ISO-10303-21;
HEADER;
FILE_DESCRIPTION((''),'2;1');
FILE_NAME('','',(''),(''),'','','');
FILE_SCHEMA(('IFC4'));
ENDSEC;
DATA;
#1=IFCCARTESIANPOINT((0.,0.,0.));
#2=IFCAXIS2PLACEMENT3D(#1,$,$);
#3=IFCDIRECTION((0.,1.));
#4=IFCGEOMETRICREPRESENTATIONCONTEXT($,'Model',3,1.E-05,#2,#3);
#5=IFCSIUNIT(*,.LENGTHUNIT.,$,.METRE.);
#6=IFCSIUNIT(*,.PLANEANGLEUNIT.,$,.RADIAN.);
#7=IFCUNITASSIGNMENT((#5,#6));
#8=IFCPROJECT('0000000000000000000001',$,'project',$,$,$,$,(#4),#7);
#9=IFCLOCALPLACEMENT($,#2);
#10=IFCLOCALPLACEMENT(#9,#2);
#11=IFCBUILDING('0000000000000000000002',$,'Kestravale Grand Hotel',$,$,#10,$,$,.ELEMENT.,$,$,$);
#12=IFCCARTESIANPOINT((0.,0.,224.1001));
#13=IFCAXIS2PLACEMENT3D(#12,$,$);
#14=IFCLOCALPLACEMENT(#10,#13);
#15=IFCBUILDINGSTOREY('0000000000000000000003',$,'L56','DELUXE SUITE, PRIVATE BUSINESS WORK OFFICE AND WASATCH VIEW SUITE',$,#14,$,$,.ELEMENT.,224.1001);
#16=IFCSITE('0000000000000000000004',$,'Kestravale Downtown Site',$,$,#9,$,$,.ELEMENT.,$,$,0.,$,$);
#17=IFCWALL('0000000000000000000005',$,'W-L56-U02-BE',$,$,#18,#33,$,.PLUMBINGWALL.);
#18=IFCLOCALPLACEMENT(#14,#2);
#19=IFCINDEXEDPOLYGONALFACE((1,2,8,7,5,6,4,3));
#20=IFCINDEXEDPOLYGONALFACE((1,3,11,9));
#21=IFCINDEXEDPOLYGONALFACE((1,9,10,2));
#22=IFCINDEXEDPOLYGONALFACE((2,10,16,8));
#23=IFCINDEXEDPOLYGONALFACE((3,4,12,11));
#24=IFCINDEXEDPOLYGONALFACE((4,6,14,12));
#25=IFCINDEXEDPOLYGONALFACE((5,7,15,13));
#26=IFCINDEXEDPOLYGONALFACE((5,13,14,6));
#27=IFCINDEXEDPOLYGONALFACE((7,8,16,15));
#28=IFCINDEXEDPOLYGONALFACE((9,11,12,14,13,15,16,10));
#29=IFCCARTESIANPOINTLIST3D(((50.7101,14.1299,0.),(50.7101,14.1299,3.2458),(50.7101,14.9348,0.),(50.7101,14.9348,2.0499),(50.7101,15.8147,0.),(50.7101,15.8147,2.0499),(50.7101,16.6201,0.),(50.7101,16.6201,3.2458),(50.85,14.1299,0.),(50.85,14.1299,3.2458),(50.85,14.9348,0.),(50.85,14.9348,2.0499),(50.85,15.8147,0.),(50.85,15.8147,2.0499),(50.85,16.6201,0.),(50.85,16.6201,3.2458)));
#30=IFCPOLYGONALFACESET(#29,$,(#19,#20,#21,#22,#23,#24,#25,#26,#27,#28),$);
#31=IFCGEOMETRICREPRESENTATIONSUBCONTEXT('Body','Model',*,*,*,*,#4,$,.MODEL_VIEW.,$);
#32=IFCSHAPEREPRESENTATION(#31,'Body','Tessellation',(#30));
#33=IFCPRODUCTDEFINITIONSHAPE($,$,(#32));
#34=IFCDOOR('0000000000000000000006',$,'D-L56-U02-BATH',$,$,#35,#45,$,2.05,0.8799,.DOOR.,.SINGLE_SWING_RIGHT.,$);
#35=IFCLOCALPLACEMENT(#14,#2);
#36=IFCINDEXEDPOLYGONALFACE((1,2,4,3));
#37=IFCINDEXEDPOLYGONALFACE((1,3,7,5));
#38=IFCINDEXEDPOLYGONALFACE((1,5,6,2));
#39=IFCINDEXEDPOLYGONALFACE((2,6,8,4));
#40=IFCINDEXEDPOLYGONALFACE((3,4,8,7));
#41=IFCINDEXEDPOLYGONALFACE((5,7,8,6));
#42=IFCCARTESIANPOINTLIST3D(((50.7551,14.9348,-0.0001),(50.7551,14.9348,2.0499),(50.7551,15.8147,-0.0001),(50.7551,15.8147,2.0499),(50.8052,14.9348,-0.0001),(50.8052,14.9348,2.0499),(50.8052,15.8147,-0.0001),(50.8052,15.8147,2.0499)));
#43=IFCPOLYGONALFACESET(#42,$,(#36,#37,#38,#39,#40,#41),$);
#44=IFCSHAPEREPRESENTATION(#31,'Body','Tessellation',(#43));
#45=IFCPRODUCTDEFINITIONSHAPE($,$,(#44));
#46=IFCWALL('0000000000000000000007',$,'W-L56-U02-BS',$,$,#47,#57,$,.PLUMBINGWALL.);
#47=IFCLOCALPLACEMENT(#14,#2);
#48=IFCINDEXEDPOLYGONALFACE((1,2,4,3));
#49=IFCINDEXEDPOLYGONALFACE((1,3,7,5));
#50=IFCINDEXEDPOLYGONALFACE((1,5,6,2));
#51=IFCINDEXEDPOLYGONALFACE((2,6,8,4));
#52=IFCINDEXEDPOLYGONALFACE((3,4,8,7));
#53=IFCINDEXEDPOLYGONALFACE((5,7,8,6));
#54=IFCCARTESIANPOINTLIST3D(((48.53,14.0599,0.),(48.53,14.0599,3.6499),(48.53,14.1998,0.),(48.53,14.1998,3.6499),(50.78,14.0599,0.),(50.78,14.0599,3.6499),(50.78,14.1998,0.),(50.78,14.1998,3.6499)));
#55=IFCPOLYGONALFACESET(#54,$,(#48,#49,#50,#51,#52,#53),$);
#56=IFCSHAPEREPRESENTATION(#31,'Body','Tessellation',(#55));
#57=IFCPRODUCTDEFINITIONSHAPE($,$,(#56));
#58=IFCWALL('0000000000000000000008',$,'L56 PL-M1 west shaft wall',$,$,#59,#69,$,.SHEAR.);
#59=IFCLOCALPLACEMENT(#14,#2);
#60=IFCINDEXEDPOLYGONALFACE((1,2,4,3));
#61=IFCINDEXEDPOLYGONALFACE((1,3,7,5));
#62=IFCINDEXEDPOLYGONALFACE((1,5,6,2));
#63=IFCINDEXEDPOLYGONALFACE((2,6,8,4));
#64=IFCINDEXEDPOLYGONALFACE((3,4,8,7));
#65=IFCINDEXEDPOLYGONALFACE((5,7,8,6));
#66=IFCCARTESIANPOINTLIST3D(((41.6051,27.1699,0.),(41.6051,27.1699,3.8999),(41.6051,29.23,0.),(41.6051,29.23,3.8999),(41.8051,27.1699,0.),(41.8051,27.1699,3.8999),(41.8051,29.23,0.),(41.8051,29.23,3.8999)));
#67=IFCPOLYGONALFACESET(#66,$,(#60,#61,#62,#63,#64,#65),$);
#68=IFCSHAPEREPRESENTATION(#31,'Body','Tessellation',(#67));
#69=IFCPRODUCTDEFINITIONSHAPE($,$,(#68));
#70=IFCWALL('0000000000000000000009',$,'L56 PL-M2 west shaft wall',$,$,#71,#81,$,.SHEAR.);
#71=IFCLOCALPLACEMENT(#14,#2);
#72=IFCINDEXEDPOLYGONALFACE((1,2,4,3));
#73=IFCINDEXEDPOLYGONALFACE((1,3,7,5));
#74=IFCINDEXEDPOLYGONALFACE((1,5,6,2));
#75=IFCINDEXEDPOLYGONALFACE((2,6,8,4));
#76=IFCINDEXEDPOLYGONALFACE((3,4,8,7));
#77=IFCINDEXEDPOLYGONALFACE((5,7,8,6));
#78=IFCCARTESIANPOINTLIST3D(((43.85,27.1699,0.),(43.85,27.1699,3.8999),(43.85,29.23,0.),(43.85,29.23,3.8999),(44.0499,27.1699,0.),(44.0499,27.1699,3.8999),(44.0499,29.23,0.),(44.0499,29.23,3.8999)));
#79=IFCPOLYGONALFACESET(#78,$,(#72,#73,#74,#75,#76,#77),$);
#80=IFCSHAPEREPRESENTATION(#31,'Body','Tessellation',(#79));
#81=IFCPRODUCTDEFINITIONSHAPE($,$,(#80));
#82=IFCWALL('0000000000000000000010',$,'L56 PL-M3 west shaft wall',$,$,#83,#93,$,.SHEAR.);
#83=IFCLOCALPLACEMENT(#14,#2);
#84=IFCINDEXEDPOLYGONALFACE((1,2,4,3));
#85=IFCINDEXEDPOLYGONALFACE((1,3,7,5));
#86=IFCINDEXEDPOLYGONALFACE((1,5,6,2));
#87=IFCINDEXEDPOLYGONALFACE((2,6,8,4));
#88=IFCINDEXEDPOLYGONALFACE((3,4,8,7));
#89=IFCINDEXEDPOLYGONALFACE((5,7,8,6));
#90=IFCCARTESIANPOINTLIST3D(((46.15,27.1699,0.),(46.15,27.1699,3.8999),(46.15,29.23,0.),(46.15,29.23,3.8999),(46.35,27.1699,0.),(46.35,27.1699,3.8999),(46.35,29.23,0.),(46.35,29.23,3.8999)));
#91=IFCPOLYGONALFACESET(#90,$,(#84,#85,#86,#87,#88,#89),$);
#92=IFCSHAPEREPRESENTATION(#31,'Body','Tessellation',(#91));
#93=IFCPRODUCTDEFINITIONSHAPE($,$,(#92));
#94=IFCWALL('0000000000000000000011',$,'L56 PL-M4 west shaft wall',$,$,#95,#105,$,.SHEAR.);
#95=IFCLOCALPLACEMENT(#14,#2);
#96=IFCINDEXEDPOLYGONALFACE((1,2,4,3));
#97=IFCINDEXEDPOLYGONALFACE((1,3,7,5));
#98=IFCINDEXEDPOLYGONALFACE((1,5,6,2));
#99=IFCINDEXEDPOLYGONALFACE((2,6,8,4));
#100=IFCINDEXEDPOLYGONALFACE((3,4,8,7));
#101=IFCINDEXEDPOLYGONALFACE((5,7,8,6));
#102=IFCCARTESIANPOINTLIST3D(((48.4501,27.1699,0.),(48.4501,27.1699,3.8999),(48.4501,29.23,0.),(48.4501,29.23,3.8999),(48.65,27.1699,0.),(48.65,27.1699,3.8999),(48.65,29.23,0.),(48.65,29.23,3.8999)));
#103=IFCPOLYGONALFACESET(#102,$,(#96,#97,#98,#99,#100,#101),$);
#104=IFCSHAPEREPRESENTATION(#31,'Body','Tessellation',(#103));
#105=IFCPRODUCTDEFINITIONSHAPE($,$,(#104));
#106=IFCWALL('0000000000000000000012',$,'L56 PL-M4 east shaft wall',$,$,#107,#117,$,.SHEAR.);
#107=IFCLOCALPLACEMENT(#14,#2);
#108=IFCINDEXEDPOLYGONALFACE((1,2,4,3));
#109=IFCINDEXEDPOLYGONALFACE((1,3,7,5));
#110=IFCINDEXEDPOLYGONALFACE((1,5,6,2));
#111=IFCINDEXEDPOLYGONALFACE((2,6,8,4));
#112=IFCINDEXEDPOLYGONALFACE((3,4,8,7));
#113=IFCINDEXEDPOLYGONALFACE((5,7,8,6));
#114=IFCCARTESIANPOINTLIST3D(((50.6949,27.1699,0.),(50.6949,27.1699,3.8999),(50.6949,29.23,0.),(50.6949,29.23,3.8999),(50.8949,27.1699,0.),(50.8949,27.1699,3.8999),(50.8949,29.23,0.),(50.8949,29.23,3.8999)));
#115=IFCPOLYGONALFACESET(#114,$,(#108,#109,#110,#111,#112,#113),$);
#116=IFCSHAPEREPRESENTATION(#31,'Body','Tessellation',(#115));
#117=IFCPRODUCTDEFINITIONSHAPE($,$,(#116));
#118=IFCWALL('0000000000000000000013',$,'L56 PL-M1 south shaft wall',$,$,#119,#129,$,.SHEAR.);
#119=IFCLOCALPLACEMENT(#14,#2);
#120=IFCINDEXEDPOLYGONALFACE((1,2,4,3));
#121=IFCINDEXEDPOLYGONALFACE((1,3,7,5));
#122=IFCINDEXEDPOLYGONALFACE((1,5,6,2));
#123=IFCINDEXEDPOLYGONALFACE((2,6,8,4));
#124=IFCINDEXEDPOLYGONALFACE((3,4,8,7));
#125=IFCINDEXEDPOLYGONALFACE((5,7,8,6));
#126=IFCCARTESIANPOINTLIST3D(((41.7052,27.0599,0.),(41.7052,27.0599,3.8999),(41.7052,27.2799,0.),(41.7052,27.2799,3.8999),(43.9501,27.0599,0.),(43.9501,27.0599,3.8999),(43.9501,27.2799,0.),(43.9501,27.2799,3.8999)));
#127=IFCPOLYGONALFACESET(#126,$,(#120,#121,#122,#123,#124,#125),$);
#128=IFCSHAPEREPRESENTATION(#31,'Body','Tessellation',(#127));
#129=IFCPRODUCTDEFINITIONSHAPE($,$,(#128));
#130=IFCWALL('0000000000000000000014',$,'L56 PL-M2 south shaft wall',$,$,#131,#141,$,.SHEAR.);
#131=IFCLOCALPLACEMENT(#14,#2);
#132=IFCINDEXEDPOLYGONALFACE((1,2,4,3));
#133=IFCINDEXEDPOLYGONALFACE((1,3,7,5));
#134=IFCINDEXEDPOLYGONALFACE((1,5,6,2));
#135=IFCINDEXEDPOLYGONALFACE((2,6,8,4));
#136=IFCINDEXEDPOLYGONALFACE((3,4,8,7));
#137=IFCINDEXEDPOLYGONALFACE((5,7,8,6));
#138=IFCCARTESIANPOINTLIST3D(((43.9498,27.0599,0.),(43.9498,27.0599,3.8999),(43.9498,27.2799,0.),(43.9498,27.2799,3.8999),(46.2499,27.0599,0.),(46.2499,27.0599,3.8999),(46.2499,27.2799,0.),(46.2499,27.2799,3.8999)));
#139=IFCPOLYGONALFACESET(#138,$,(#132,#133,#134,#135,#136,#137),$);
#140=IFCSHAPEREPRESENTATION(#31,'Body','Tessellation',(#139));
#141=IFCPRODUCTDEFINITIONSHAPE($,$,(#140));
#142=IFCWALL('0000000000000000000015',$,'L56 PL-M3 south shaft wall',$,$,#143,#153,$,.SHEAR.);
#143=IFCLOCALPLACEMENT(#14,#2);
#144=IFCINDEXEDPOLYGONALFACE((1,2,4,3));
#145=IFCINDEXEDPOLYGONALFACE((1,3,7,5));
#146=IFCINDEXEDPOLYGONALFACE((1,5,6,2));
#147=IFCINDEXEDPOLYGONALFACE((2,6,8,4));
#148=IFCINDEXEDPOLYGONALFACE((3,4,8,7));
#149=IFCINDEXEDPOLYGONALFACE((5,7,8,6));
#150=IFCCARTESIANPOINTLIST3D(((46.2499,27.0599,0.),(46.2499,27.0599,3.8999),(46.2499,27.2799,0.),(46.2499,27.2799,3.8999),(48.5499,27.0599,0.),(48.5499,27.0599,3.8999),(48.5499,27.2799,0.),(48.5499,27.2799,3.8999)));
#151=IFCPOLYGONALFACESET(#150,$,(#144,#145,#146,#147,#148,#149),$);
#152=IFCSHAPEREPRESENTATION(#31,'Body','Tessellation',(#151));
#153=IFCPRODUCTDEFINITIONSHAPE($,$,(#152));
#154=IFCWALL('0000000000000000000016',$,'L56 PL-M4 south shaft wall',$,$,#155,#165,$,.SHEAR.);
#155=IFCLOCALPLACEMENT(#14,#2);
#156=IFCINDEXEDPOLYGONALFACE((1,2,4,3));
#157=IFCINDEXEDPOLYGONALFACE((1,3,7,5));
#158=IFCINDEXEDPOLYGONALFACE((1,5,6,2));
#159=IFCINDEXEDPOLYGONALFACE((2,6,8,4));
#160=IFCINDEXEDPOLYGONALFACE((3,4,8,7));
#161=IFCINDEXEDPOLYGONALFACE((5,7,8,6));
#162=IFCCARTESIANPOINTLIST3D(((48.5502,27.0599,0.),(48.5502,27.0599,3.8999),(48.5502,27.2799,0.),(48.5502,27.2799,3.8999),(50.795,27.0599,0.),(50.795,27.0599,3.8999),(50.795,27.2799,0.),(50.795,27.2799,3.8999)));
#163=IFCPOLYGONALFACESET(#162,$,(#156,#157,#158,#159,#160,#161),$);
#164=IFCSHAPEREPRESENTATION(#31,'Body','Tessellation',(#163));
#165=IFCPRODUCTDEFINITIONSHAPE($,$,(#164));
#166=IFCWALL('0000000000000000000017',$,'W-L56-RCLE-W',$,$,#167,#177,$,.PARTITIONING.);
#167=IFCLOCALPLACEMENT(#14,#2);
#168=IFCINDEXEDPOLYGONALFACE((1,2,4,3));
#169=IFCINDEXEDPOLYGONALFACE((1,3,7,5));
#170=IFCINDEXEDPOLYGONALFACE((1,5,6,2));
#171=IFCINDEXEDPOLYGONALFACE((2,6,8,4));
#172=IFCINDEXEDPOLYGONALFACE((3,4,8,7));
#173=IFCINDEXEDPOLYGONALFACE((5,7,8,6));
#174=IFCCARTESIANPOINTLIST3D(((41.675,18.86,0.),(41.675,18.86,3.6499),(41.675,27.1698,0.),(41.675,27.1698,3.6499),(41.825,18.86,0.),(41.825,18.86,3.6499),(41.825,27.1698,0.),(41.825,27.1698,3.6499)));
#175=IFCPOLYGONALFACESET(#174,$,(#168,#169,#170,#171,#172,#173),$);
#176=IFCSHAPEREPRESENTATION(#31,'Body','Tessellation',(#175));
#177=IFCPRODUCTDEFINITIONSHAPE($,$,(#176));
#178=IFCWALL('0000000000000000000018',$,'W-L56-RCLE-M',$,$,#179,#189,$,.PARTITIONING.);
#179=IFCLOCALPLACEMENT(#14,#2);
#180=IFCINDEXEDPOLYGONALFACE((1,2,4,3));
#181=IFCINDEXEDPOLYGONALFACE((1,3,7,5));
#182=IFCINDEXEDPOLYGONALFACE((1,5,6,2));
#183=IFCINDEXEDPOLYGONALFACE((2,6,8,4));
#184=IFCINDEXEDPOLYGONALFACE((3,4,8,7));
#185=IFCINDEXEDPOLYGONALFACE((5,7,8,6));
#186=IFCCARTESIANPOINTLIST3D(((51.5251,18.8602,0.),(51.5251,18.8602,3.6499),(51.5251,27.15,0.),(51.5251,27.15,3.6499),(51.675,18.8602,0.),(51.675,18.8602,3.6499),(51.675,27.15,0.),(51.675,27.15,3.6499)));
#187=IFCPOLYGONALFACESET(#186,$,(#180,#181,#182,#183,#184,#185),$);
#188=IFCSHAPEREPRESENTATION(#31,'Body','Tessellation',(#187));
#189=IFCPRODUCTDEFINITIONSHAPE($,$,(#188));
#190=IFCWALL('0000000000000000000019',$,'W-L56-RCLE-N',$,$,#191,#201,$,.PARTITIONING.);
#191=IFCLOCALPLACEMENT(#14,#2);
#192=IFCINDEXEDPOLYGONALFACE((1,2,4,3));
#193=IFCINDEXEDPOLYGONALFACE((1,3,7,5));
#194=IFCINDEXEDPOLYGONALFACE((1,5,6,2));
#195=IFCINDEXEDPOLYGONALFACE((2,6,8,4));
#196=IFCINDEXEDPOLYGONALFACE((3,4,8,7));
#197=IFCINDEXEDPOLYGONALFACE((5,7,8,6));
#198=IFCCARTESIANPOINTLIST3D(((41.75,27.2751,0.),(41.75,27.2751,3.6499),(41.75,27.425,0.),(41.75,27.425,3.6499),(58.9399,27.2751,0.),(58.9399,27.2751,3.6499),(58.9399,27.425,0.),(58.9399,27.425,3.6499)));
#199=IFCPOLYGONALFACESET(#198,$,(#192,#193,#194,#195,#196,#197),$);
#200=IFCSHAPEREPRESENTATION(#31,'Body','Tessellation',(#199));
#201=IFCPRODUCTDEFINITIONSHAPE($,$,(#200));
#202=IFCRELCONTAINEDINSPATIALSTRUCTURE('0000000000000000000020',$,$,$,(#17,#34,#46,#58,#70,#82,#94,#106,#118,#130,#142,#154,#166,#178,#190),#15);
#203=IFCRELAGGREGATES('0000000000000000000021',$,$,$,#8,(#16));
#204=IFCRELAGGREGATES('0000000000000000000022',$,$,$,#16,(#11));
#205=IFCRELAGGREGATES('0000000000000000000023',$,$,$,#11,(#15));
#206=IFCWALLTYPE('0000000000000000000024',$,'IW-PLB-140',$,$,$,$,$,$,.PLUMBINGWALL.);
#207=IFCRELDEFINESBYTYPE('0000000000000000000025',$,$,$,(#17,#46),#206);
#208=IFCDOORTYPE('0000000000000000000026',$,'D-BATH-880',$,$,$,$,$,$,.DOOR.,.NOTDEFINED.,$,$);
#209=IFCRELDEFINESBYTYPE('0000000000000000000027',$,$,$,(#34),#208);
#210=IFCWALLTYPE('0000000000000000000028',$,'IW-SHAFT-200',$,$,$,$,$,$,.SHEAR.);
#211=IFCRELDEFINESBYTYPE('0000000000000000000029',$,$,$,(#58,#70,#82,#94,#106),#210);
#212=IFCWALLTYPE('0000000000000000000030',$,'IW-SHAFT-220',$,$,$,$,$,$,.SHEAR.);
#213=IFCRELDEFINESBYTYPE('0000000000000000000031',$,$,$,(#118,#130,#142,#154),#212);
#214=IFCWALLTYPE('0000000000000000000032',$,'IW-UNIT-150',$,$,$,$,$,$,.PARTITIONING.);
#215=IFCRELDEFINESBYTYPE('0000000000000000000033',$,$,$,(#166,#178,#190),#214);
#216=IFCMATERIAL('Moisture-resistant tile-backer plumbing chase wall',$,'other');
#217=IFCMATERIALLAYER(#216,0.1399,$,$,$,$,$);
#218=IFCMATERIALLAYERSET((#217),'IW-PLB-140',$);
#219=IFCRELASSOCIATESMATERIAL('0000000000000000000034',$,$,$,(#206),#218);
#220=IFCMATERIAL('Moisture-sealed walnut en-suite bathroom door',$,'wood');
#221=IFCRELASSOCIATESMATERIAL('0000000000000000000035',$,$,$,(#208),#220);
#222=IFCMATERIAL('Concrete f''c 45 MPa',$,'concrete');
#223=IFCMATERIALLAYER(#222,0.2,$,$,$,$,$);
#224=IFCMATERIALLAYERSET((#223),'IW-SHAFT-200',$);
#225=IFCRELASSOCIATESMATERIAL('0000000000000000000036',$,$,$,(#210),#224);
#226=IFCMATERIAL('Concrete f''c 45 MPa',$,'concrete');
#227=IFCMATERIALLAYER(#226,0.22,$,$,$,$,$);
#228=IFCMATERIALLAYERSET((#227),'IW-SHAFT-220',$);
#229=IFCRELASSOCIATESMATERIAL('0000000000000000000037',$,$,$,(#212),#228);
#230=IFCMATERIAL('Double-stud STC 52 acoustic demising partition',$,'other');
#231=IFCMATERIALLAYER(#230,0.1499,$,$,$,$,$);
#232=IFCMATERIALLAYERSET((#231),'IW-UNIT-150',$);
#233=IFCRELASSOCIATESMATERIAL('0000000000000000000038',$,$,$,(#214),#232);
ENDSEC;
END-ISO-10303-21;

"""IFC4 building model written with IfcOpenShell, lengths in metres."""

from ifc_helpers import new_model, si_unit, direction, frame, frame_2d, origin, place, context, subcontext, project, spatial, rectangle, extrude, material, layer, layer_set, type_object, element, fill, save


model = new_model("IFC4")

# Units and contexts
model_context = context("Model", 3, precision=1e-05, world=origin(), true_north=direction((0.0, 1.0)))
body_context = subcontext(model_context, "Body", "Model", "MODEL_VIEW")
ifc_project = project(units=[si_unit("LENGTHUNIT", "METRE"), si_unit("PLANEANGLEUNIT", "RADIAN")], contexts=[model_context])

# Site, building, storey
site_placement = place(None, origin())
site = spatial("IfcSite", under=ifc_project, at=site_placement, Name="Kestravale Downtown Site", CompositionType="ELEMENT", RefElevation=0.0)
building_placement = place(site_placement, origin())
building = spatial("IfcBuilding", under=site, at=building_placement, Name="Kestravale Grand Hotel", CompositionType="ELEMENT")
storey_placement = place(building_placement, frame((0.0, 0.0, 224.1001)))
storey = spatial("IfcBuildingStorey", under=building, at=storey_placement, Name="L56", Description="DELUXE SUITE, PRIVATE BUSINESS WORK OFFICE AND WASATCH VIEW SUITE", CompositionType="ELEMENT", Elevation=224.1001)

# Wall, opening, door
ifc_material_1 = material(Name="Moisture-resistant tile-backer plumbing chase wall", Category="other")
ifc_layer_1 = layer(ifc_material_1, 0.1399)
ifc_layer_set_1 = layer_set([ifc_layer_1], Name="IW-PLB-140")
wall_type_1 = type_object("IfcWallType", Name="IW-PLB-140", PredefinedType="PLUMBINGWALL", material=ifc_layer_set_1)
wall_1_placement = place(storey_placement, frame((50.78, 14.1299, 0.0), z_axis=(0.0, 0.0, 1.0), x_axis=(0.0, 1.0, 0.0)))
wall_1 = element("IfcWall", 1, at=wall_1_placement, inside=storey, type_object=wall_type_1, Name="W-L56-U02-BE", PredefinedType="PLUMBINGWALL", context=body_context, shape_type="SweptSolid", body=[
    extrude(rectangle(XDim=2.4902, YDim=0.1399, at=frame_2d((1.2451, 0.0))), origin(), (0.0, 0.0, 1.0), 3.2458),
])
opening_placement = place(wall_1_placement, frame((0.8049, 0.0, 0.0)))
opening = element("IfcOpeningElement", 2, at=opening_placement, cuts=wall_1, PredefinedType="OPENING", context=body_context, shape_type="SweptSolid", body=[
    extrude(rectangle(XDim=0.8799, YDim=2.05, at=frame_2d((0.4399, 1.0249))), frame((0.0, 0.0798, 0.0), z_axis=(0.0, -1.0, 0.0), x_axis=(1.0, 0.0, 0.0)), (0.0, 0.0, 1.0), 0.1599),
])
ifc_material_2 = material(Name="Moisture-sealed walnut en-suite bathroom door", Category="wood")
door_type = type_object("IfcDoorType", Name="D-BATH-880", OperationType="NOTDEFINED", PredefinedType="DOOR", material=ifc_material_2)
door_placement = place(opening_placement, origin())
door = element("IfcDoor", 3, at=door_placement, inside=storey, type_object=door_type, Name="D-L56-U02-BATH", OperationType="SINGLE_SWING_RIGHT", OverallHeight=2.05, OverallWidth=0.8799, PredefinedType="DOOR", context=body_context, shape_type="SweptSolid", body=[
    extrude(rectangle(XDim=0.8799, YDim=2.05, at=frame_2d((0.4399, 1.0249))), frame((0.0, 0.0249, 0.0), z_axis=(0.0, -1.0, 0.0), x_axis=(1.0, 0.0, 0.0)), (0.0, 0.0, 1.0), 0.05),
])
fill(opening, door)

# Walls
wall_2_placement = place(storey_placement, frame((48.53, 14.1299, 0.0), z_axis=(0.0, 0.0, 1.0), x_axis=(1.0, 0.0, 0.0)))
element("IfcWall", 4, at=wall_2_placement, inside=storey, type_object=wall_type_1, Name="W-L56-U02-BS", PredefinedType="PLUMBINGWALL", context=body_context, shape_type="SweptSolid", body=[
    extrude(rectangle(XDim=2.25, YDim=0.1399, at=frame_2d((1.125, 0.0))), origin(), (0.0, 0.0, 1.0), 3.6499),
])
ifc_material_3 = material(Name="Concrete f'c 45 MPa", Category="concrete")
ifc_layer_2 = layer(ifc_material_3, 0.2)
ifc_layer_set_2 = layer_set([ifc_layer_2], Name="IW-SHAFT-200")
wall_type_2 = type_object("IfcWallType", Name="IW-SHAFT-200", PredefinedType="SHEAR", material=ifc_layer_set_2)
for number, where, z_axis, x_axis, name in (
    (5, (41.7051, 27.1699, 0.0), (0.0, 0.0, 1.0), (0.0, 1.0, 0.0), "L56 PL-M1 west shaft wall"),
    (6, (43.95, 27.1699, 0.0), (0.0, 0.0, 1.0), (0.0, 1.0, 0.0), "L56 PL-M2 west shaft wall"),
    (7, (46.25, 27.1699, 0.0), (0.0, 0.0, 1.0), (0.0, 1.0, 0.0), "L56 PL-M3 west shaft wall"),
    (8, (48.55, 27.1699, 0.0), (0.0, 0.0, 1.0), (0.0, 1.0, 0.0), "L56 PL-M4 west shaft wall"),
    (9, (50.7949, 27.1699, 0.0), (0.0, 0.0, 1.0), (0.0, 1.0, 0.0), "L56 PL-M4 east shaft wall"),
):
    element("IfcWall", number, at=place(storey_placement, frame(where, z_axis=z_axis, x_axis=x_axis)), inside=storey, type_object=wall_type_2, Name=name, PredefinedType="SHEAR", context=body_context, shape_type="SweptSolid", body=[
        extrude(rectangle(XDim=2.0601, YDim=0.2, at=frame_2d((1.03, 0.0))), origin(), (0.0, 0.0, 1.0), 3.8999),
    ])
ifc_material_4 = material(Name="Concrete f'c 45 MPa", Category="concrete")
ifc_layer_3 = layer(ifc_material_4, 0.22)
ifc_layer_set_3 = layer_set([ifc_layer_3], Name="IW-SHAFT-220")
wall_type_3 = type_object("IfcWallType", Name="IW-SHAFT-220", PredefinedType="SHEAR", material=ifc_layer_set_3)
wall_3_placement = place(storey_placement, frame((41.7051, 27.1699, 0.0), z_axis=(0.0, 0.0, 1.0), x_axis=(1.0, 0.0, 0.0)))
element("IfcWall", 10, at=wall_3_placement, inside=storey, type_object=wall_type_3, Name="L56 PL-M1 south shaft wall", PredefinedType="SHEAR", context=body_context, shape_type="SweptSolid", body=[
    extrude(rectangle(XDim=2.2449, YDim=0.22, at=frame_2d((1.1226, 0.0))), origin(), (0.0, 0.0, 1.0), 3.8999),
])
for number, where, z_axis, x_axis, name in (
    (11, (43.95, 27.1699, 0.0), (0.0, 0.0, 1.0), (1.0, 0.0, 0.0), "L56 PL-M2 south shaft wall"),
    (12, (46.25, 27.1699, 0.0), (0.0, 0.0, 1.0), (1.0, 0.0, 0.0), "L56 PL-M3 south shaft wall"),
):
    element("IfcWall", number, at=place(storey_placement, frame(where, z_axis=z_axis, x_axis=x_axis)), inside=storey, type_object=wall_type_3, Name=name, PredefinedType="SHEAR", context=body_context, shape_type="SweptSolid", body=[
        extrude(rectangle(XDim=2.3, YDim=0.22, at=frame_2d((1.1499, 0.0))), origin(), (0.0, 0.0, 1.0), 3.8999),
    ])
wall_4_placement = place(storey_placement, frame((48.55, 27.1699, 0.0), z_axis=(0.0, 0.0, 1.0), x_axis=(1.0, 0.0, 0.0)))
element("IfcWall", 13, at=wall_4_placement, inside=storey, type_object=wall_type_3, Name="L56 PL-M4 south shaft wall", PredefinedType="SHEAR", context=body_context, shape_type="SweptSolid", body=[
    extrude(rectangle(XDim=2.2449, YDim=0.22, at=frame_2d((1.1226, 0.0))), origin(), (0.0, 0.0, 1.0), 3.8999),
])
ifc_material_5 = material(Name="Double-stud STC 52 acoustic demising partition", Category="other")
ifc_layer_4 = layer(ifc_material_5, 0.1499)
ifc_layer_set_4 = layer_set([ifc_layer_4], Name="IW-UNIT-150")
wall_type_4 = type_object("IfcWallType", Name="IW-UNIT-150", PredefinedType="PARTITIONING", material=ifc_layer_set_4)
wall_5_placement = place(storey_placement, frame((41.75, 18.8601, 0.0), z_axis=(0.0, 0.0, 1.0), x_axis=(0.0, 1.0, 0.0)))
element("IfcWall", 14, at=wall_5_placement, inside=storey, type_object=wall_type_4, Name="W-L56-RCLE-W", PredefinedType="PARTITIONING", context=body_context, shape_type="SweptSolid", body=[
    extrude(rectangle(XDim=8.3098, YDim=0.1499, at=frame_2d((4.1548, 0.0))), origin(), (0.0, 0.0, 1.0), 3.6499),
])
wall_6_placement = place(storey_placement, frame((51.6001, 18.8601, 0.0), z_axis=(0.0, 0.0, 1.0), x_axis=(0.0, 1.0, 0.0)))
element("IfcWall", 15, at=wall_6_placement, inside=storey, type_object=wall_type_4, Name="W-L56-RCLE-M", PredefinedType="PARTITIONING", context=body_context, shape_type="SweptSolid", body=[
    extrude(rectangle(XDim=8.2898, YDim=0.1499, at=frame_2d((4.145, 0.0))), origin(), (0.0, 0.0, 1.0), 3.6499),
])
wall_7_placement = place(storey_placement, frame((41.75, 27.3501, 0.0), z_axis=(0.0, 0.0, 1.0), x_axis=(1.0, 0.0, 0.0)))
element("IfcWall", 16, at=wall_7_placement, inside=storey, type_object=wall_type_4, Name="W-L56-RCLE-N", PredefinedType="PARTITIONING", context=body_context, shape_type="SweptSolid", body=[
    extrude(rectangle(XDim=17.1899, YDim=0.1499, at=frame_2d((8.595, 0.0))), origin(), (0.0, 0.0, 1.0), 3.6499),
])

save(model, "model.ifc")
